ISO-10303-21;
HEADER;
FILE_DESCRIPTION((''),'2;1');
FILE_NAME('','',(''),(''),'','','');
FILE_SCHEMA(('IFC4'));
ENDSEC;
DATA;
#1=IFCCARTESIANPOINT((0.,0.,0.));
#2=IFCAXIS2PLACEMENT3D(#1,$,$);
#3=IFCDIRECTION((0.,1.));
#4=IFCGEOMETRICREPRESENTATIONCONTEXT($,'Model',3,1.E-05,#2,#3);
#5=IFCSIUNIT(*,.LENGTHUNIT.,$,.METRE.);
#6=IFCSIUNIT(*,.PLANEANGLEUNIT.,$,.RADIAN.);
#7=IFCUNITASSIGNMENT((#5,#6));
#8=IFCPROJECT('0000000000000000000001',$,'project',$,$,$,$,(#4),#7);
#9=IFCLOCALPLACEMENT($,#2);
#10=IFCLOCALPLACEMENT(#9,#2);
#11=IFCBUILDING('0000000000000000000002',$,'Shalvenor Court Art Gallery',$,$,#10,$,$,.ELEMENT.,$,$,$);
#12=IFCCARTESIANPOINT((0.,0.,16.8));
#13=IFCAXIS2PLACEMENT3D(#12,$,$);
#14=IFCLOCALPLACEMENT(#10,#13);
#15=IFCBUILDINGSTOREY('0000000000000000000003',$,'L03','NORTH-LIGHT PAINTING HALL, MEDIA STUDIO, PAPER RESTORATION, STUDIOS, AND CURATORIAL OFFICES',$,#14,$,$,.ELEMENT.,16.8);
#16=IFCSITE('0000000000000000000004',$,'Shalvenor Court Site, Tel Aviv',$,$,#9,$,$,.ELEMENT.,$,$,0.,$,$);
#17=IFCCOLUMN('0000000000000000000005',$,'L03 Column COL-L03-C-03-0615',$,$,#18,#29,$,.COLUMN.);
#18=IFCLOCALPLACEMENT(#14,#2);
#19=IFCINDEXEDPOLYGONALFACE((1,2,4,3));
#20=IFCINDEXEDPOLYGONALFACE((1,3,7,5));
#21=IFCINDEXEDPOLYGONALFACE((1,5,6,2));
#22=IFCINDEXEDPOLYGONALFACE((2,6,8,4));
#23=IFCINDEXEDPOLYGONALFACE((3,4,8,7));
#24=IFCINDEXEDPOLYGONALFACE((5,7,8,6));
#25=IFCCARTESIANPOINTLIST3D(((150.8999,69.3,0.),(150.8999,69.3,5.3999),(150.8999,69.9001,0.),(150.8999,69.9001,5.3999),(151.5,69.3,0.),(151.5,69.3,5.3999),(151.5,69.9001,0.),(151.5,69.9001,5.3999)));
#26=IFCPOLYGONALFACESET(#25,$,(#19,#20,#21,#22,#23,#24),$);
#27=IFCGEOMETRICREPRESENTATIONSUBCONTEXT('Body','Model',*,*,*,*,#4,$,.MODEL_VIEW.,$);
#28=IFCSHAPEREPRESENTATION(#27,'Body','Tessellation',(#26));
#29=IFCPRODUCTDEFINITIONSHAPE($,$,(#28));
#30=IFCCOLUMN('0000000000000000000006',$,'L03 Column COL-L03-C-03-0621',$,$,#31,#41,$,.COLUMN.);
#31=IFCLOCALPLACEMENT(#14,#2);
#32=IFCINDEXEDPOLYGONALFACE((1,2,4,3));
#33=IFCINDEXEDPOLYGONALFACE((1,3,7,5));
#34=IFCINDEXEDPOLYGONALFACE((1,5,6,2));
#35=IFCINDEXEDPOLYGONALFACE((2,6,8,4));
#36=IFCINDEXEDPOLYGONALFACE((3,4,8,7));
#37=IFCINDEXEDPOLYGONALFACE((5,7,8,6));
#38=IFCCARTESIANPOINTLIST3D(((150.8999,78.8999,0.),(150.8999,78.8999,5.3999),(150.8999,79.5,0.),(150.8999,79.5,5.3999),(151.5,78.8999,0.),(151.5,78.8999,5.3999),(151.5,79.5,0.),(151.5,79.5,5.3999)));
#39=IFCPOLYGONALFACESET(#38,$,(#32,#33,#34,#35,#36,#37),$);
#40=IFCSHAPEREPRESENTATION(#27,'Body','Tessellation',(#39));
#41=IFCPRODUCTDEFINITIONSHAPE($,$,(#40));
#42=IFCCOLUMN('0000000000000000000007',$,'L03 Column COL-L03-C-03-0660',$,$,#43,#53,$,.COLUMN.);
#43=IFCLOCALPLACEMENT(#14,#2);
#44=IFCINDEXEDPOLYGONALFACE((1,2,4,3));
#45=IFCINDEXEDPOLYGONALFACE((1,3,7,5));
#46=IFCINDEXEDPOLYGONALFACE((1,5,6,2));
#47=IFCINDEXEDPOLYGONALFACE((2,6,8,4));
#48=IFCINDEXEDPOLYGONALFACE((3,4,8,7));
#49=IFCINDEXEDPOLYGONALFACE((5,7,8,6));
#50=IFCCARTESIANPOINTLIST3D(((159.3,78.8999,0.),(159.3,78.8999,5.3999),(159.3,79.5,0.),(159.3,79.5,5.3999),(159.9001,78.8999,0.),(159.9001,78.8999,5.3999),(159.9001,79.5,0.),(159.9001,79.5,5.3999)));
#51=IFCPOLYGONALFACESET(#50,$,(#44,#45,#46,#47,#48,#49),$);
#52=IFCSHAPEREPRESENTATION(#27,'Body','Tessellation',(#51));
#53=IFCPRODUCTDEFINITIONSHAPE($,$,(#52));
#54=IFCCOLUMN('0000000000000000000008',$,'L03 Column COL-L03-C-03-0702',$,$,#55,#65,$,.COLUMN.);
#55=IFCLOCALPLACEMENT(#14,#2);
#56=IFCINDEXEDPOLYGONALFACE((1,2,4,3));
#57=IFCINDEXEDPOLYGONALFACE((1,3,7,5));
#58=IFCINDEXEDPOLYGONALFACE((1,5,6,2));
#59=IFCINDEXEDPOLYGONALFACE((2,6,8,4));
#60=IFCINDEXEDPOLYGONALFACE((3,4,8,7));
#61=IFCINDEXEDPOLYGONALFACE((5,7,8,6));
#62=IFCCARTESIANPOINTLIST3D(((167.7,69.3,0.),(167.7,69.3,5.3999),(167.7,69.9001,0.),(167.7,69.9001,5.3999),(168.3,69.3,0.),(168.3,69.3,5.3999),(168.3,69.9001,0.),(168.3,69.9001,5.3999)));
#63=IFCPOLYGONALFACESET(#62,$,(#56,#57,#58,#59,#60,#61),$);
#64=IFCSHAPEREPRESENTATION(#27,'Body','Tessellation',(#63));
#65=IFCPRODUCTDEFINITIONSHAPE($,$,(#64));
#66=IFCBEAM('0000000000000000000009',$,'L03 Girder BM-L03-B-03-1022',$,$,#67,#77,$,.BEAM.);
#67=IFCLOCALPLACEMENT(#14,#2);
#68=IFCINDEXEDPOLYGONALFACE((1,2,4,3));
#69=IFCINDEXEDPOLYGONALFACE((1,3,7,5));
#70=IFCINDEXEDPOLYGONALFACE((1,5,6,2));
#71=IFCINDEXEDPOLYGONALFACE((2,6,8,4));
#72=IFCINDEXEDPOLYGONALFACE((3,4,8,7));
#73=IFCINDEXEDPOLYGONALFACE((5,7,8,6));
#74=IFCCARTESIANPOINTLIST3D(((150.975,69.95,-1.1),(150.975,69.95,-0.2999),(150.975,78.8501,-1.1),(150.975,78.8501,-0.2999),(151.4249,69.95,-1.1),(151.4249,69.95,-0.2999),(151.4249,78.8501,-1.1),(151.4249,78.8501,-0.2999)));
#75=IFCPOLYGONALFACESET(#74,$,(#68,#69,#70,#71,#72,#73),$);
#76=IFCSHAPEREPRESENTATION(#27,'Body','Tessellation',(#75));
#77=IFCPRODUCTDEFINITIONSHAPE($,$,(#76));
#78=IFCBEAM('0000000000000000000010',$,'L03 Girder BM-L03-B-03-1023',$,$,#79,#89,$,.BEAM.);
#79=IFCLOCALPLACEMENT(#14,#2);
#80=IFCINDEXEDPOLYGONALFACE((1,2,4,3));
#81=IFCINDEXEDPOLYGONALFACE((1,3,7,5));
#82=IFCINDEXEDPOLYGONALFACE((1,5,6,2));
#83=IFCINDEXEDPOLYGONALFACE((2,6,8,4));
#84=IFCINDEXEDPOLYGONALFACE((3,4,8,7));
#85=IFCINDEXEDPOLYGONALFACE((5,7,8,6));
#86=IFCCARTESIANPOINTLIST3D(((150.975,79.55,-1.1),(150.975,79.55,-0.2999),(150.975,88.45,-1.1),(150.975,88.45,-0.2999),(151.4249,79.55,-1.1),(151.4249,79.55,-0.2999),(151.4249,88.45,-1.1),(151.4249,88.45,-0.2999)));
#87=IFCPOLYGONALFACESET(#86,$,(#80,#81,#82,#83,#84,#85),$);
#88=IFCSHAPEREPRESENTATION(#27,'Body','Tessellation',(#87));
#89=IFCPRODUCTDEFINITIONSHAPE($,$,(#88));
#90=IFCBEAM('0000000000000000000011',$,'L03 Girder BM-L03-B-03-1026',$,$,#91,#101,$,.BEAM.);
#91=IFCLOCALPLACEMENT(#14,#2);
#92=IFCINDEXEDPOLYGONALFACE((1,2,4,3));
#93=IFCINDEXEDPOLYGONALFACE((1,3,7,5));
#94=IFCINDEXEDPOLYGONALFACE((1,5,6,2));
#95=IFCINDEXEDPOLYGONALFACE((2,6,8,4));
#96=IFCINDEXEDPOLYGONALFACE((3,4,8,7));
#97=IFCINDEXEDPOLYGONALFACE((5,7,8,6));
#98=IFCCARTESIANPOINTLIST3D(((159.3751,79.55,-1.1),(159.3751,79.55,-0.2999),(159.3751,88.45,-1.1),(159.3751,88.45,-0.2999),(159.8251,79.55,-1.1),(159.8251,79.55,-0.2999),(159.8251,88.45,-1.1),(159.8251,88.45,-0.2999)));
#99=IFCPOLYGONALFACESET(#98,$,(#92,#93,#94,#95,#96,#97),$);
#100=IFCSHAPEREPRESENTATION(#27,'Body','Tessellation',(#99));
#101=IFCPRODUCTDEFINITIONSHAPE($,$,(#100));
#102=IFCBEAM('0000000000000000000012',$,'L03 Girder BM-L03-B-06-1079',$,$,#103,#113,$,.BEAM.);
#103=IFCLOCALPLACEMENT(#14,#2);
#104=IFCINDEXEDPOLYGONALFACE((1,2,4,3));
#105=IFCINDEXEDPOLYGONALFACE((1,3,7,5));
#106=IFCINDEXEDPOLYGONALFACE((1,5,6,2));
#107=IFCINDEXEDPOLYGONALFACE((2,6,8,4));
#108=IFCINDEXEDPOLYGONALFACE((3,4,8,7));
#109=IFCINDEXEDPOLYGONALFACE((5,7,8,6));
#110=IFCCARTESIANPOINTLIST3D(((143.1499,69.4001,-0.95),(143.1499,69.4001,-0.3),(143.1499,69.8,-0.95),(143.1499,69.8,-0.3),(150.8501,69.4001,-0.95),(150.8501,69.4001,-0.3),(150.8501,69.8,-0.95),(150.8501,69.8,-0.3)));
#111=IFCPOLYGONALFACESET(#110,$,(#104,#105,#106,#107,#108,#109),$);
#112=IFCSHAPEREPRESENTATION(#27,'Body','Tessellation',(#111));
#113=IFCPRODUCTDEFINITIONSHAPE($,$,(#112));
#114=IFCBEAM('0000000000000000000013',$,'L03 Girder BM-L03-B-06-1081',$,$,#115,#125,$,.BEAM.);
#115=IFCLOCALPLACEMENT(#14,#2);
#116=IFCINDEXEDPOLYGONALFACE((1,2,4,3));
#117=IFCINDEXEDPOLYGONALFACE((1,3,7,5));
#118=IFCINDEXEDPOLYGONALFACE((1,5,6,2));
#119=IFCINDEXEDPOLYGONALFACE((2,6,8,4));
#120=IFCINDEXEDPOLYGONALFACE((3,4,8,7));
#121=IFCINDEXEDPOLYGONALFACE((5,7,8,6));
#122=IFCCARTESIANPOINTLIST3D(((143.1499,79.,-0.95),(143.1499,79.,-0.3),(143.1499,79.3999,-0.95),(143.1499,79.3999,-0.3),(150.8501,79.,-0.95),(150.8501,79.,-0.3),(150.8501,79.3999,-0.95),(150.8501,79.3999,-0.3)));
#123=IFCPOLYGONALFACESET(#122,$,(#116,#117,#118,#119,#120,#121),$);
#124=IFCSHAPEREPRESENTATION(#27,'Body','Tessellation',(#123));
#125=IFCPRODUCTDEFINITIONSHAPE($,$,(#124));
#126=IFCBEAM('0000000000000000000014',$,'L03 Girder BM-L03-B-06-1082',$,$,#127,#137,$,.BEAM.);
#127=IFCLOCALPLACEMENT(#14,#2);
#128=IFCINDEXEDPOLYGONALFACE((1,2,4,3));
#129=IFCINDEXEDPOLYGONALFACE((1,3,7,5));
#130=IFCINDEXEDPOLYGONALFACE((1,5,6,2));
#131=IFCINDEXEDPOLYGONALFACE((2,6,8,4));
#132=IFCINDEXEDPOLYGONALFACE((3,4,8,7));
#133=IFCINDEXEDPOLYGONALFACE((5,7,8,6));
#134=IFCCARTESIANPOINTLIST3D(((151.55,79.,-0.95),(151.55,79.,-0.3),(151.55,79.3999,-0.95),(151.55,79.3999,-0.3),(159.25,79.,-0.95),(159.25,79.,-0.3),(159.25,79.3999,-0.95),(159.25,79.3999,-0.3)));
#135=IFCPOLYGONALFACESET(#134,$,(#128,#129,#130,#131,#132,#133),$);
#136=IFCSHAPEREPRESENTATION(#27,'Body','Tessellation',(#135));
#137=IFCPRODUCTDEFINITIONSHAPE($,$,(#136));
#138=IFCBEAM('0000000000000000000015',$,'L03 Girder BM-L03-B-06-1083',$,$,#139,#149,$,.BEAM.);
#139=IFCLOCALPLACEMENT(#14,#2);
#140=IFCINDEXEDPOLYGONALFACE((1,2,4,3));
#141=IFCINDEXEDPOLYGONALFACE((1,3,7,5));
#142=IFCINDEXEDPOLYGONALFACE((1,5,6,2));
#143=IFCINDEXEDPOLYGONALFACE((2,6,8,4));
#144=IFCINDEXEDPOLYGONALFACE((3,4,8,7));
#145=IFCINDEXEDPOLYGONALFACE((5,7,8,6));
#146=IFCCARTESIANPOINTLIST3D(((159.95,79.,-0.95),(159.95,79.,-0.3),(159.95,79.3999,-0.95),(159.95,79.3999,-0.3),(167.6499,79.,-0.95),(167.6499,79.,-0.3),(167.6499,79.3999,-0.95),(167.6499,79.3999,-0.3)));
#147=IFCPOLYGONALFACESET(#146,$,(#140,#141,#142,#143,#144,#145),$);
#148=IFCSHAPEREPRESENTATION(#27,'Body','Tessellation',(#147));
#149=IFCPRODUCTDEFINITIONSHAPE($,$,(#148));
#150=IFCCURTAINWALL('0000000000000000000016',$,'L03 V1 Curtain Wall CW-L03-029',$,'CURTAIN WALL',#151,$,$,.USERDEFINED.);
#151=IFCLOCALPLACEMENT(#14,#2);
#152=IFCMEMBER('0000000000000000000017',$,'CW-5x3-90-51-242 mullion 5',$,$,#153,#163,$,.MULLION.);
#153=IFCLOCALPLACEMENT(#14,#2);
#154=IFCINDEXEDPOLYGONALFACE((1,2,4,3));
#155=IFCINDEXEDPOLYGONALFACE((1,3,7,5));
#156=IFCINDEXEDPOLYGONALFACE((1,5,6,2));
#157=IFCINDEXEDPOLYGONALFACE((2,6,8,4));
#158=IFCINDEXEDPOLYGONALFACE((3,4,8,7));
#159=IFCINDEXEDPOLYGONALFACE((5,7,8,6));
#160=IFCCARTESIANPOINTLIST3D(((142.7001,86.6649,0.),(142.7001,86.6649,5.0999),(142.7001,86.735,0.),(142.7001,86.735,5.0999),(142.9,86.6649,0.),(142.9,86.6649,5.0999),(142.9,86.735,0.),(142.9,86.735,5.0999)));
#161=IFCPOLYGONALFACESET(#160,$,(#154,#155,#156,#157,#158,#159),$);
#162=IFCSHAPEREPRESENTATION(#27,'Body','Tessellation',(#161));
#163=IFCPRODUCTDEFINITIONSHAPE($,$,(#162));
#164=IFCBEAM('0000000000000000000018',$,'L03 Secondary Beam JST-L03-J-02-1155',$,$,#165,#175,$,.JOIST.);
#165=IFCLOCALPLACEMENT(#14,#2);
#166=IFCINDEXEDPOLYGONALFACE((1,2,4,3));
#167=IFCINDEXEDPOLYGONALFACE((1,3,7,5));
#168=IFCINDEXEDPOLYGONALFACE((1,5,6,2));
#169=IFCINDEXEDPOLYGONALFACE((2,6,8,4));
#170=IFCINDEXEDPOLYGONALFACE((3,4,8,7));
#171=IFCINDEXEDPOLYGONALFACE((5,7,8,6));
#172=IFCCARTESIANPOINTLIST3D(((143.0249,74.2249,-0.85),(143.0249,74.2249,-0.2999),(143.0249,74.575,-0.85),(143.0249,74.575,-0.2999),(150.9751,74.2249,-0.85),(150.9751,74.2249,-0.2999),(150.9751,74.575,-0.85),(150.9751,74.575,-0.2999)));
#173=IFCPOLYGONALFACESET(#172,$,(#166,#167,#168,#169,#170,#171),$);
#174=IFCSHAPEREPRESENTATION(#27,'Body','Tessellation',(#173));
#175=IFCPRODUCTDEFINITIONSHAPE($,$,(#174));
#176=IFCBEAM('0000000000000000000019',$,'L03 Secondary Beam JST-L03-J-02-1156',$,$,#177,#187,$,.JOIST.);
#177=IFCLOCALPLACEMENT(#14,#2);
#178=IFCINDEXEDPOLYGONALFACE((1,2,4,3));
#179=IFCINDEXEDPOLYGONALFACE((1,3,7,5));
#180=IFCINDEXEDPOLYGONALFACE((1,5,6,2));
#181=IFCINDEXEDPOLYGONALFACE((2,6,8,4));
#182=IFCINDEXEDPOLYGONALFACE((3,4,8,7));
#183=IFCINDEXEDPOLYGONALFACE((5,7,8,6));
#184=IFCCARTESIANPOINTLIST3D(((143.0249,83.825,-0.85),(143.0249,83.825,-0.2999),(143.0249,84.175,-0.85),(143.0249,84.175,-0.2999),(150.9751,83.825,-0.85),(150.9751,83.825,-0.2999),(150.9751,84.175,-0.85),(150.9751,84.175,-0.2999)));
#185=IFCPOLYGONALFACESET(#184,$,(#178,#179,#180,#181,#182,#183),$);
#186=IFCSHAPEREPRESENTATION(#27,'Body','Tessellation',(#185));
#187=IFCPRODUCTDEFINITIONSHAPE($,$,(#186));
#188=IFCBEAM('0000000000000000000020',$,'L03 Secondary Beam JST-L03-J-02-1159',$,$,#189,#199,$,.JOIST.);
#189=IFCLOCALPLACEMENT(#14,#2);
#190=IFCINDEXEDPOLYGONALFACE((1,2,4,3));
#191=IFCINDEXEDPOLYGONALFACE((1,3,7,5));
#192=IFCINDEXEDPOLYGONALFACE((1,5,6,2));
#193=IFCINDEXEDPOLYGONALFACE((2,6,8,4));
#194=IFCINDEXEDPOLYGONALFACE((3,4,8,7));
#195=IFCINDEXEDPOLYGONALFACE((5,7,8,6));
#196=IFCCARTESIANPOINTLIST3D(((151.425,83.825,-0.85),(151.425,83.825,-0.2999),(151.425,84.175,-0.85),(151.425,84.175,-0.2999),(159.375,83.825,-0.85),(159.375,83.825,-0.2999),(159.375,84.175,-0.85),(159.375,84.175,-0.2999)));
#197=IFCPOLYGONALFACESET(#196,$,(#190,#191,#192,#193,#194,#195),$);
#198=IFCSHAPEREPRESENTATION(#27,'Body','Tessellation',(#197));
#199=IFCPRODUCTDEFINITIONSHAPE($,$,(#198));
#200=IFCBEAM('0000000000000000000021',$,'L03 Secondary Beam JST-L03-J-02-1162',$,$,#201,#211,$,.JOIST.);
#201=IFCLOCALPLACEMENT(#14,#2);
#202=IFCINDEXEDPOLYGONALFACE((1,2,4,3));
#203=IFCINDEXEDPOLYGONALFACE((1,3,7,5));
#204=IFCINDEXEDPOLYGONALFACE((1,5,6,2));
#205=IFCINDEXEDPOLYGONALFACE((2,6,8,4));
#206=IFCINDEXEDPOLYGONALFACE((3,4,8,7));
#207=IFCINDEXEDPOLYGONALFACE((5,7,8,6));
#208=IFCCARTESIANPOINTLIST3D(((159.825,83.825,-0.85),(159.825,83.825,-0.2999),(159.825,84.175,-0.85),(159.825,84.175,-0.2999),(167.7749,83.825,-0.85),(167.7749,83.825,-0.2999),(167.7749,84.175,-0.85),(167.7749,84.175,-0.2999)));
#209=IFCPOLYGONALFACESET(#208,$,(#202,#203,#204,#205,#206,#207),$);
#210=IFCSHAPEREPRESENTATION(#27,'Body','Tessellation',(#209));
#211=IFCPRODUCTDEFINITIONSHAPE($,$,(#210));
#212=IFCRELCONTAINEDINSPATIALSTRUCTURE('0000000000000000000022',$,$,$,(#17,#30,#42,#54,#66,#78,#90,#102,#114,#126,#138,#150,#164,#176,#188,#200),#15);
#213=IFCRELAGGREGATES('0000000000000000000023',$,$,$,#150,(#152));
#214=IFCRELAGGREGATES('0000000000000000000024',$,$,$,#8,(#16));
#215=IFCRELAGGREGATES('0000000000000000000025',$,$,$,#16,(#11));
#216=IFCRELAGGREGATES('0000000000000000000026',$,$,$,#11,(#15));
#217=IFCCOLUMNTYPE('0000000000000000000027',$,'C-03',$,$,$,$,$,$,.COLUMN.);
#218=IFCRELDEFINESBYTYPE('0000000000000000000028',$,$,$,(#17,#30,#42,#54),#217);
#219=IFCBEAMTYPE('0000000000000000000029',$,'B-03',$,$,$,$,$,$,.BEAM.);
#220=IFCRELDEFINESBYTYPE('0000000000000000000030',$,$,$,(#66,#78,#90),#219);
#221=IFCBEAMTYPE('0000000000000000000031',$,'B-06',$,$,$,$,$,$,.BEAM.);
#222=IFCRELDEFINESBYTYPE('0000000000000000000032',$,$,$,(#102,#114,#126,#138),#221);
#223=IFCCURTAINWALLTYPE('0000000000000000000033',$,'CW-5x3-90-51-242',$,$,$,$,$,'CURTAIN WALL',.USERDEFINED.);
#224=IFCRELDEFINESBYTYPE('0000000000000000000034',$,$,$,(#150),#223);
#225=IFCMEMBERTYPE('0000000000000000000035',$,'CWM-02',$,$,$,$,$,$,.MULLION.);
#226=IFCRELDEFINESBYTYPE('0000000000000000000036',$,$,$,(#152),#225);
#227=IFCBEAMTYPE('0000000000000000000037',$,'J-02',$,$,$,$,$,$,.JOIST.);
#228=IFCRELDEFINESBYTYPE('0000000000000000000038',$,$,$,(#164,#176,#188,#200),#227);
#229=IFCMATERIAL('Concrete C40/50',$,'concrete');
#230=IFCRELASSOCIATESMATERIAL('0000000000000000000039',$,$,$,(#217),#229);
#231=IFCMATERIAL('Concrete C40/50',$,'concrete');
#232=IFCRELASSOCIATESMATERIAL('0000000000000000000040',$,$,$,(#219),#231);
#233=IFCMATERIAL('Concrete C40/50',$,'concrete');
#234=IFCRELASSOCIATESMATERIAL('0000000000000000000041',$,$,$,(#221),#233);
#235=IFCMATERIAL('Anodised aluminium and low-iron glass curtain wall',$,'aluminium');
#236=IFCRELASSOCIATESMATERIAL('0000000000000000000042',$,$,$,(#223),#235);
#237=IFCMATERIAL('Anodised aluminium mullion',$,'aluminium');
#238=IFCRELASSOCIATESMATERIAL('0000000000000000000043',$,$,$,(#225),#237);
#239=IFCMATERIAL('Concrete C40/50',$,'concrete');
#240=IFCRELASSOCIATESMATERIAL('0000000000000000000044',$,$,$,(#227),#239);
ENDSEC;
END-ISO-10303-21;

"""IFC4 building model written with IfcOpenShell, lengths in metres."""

from ifc_helpers import new_model, si_unit, direction, frame, origin, origin_2d, place, context, subcontext, project, spatial, rectangle, extrude, material, material_profile, profile_set, type_object, element, aggregate, save


model = new_model("IFC4")

# Units and contexts
model_context = context("Model", 3, precision=1e-05, world=origin(), true_north=direction((0.0, 1.0)))
body_context = subcontext(model_context, "Body", "Model", "MODEL_VIEW")
ifc_project = project(units=[si_unit("LENGTHUNIT", "METRE"), si_unit("PLANEANGLEUNIT", "RADIAN")], contexts=[model_context])

# Site, building, storey
site_placement = place(None, origin())
site = spatial("IfcSite", under=ifc_project, at=site_placement, Name="Shalvenor Court Site, Tel Aviv", CompositionType="ELEMENT", RefElevation=0.0)
building_placement = place(site_placement, origin())
building = spatial("IfcBuilding", under=site, at=building_placement, Name="Shalvenor Court Art Gallery", CompositionType="ELEMENT")
storey_placement = place(building_placement, frame((0.0, 0.0, 16.8)))
storey = spatial("IfcBuildingStorey", under=building, at=storey_placement, Name="L03", Description="NORTH-LIGHT PAINTING HALL, MEDIA STUDIO, PAPER RESTORATION, STUDIOS, AND CURATORIAL OFFICES", CompositionType="ELEMENT", Elevation=16.8)

# Columns
ifc_material_1 = material(Name="Concrete C40/50", Category="concrete")
ifc_material_profile_1 = material_profile(ifc_material_1, rectangle(XDim=0.6001, YDim=0.6001, at=origin_2d()), Name="RC 600x600")
ifc_profile_set_1 = profile_set([ifc_material_profile_1], Name="Concrete C40/50")
column_type = type_object("IfcColumnType", Name="C-03", PredefinedType="COLUMN", material=ifc_profile_set_1)
for number, where, z_axis, x_axis, name in (
    (1, (151.2, 69.6001, 0.0), (0.0, 0.0, 1.0), (1.0, 0.0, 0.0), "L03 Column COL-L03-C-03-0615"),
    (2, (151.2, 79.2, 0.0), (0.0, 0.0, 1.0), (1.0, 0.0, 0.0), "L03 Column COL-L03-C-03-0621"),
    (3, (159.6001, 79.2, 0.0), (0.0, 0.0, 1.0), (1.0, 0.0, 0.0), "L03 Column COL-L03-C-03-0660"),
    (4, (168.0, 69.6001, 0.0), (0.0, 0.0, 1.0), (1.0, 0.0, 0.0), "L03 Column COL-L03-C-03-0702"),
):
    element("IfcColumn", number, at=place(storey_placement, frame(where, z_axis=z_axis, x_axis=x_axis)), inside=storey, type_object=column_type, Name=name, PredefinedType="COLUMN", context=body_context, shape_type="SweptSolid", body=[
        extrude(rectangle(XDim=0.6001, YDim=0.6001, at=origin_2d()), origin(), (0.0, 0.0, 1.0), 5.3999),
    ])

# Beams
ifc_material_2 = material(Name="Concrete C40/50", Category="concrete")
ifc_material_profile_2 = material_profile(ifc_material_2, rectangle(XDim=0.45, YDim=0.8, at=origin_2d()), Name="RC 450x800")
ifc_profile_set_2 = profile_set([ifc_material_profile_2], Name="Concrete C40/50")
beam_type_1 = type_object("IfcBeamType", Name="B-03", PredefinedType="BEAM", material=ifc_profile_set_2)
beam_placement = place(storey_placement, frame((151.2, 69.95, -0.7), z_axis=(0.0, 1.0, 0.0), x_axis=(-1.0, 0.0, 0.0)))
element("IfcBeam", 5, at=beam_placement, inside=storey, type_object=beam_type_1, Name="L03 Girder BM-L03-B-03-1022", PredefinedType="BEAM", context=body_context, shape_type="SweptSolid", body=[
    extrude(rectangle(XDim=0.45, YDim=0.8, at=origin_2d()), origin(), (0.0, 0.0, 1.0), 8.9001),
])
for number, where, z_axis, x_axis, name in (
    (6, (151.2, 79.55, -0.7), (0.0, 1.0, 0.0), (-1.0, 0.0, 0.0), "L03 Girder BM-L03-B-03-1023"),
    (7, (159.6001, 79.55, -0.7), (0.0, 1.0, 0.0), (-1.0, 0.0, 0.0), "L03 Girder BM-L03-B-03-1026"),
):
    element("IfcBeam", number, at=place(storey_placement, frame(where, z_axis=z_axis, x_axis=x_axis)), inside=storey, type_object=beam_type_1, Name=name, PredefinedType="BEAM", context=body_context, shape_type="SweptSolid", body=[
        extrude(rectangle(XDim=0.45, YDim=0.8, at=origin_2d()), origin(), (0.0, 0.0, 1.0), 8.8999),
    ])
ifc_material_3 = material(Name="Concrete C40/50", Category="concrete")
ifc_material_profile_3 = material_profile(ifc_material_3, rectangle(XDim=0.3999, YDim=0.6499, at=origin_2d()), Name="RC 400x650")
ifc_profile_set_3 = profile_set([ifc_material_profile_3], Name="Concrete C40/50")
beam_type_2 = type_object("IfcBeamType", Name="B-06", PredefinedType="BEAM", material=ifc_profile_set_3)
for number, where, z_axis, x_axis, name in (
    (8, (143.1499, 69.6001, -0.625), (1.0, 0.0, 0.0), (0.0, 1.0, 0.0), "L03 Girder BM-L03-B-06-1079"),
    (9, (143.1499, 79.2, -0.625), (1.0, 0.0, 0.0), (0.0, 1.0, 0.0), "L03 Girder BM-L03-B-06-1081"),
):
    element("IfcBeam", number, at=place(storey_placement, frame(where, z_axis=z_axis, x_axis=x_axis)), inside=storey, type_object=beam_type_2, Name=name, PredefinedType="BEAM", context=body_context, shape_type="SweptSolid", body=[
        extrude(rectangle(XDim=0.3999, YDim=0.6499, at=origin_2d()), origin(), (0.0, 0.0, 1.0), 7.7002),
    ])
for number, where, z_axis, x_axis, name in (
    (10, (151.55, 79.2, -0.625), (1.0, 0.0, 0.0), (0.0, 1.0, 0.0), "L03 Girder BM-L03-B-06-1082"),
    (11, (159.95, 79.2, -0.625), (1.0, 0.0, 0.0), (0.0, 1.0, 0.0), "L03 Girder BM-L03-B-06-1083"),
):
    element("IfcBeam", number, at=place(storey_placement, frame(where, z_axis=z_axis, x_axis=x_axis)), inside=storey, type_object=beam_type_2, Name=name, PredefinedType="BEAM", context=body_context, shape_type="SweptSolid", body=[
        extrude(rectangle(XDim=0.3999, YDim=0.6499, at=origin_2d()), origin(), (0.0, 0.0, 1.0), 7.7),
    ])

# Curtain wall, member
ifc_material_4 = material(Name="Anodised aluminium and low-iron glass curtain wall", Category="aluminium")
curtain_wall_type = type_object("IfcCurtainWallType", Name="CW-5x3-90-51-242", ElementType="CURTAIN WALL", PredefinedType="USERDEFINED", material=ifc_material_4)
curtain_wall_placement = place(storey_placement, origin())
curtain_wall = element("IfcCurtainWall", 12, at=curtain_wall_placement, inside=storey, type_object=curtain_wall_type, Name="L03 V1 Curtain Wall CW-L03-029", ObjectType="CURTAIN WALL", PredefinedType="USERDEFINED")
ifc_material_5 = material(Name="Anodised aluminium mullion", Category="aluminium")
ifc_material_profile_4 = material_profile(ifc_material_5, rectangle(XDim=0.0701, YDim=0.2, at=origin_2d()), Name="CWM-02")
ifc_profile_set_4 = profile_set([ifc_material_profile_4], Name="Anodised aluminium mullion")
member_type = type_object("IfcMemberType", Name="CWM-02", PredefinedType="MULLION", material=ifc_profile_set_4)
member_placement = place(storey_placement, frame((142.8, 86.7, 0.0), z_axis=(0.0, 0.0, 1.0), x_axis=(0.0, 1.0, 0.0)))
member = element("IfcMember", 13, at=member_placement, type_object=member_type, Name="CW-5x3-90-51-242 mullion 5", PredefinedType="MULLION", context=body_context, shape_type="SweptSolid", body=[
    extrude(rectangle(XDim=0.0701, YDim=0.2, at=origin_2d()), origin(), (0.0, 0.0, 1.0), 5.0999),
])

# Beams
ifc_material_6 = material(Name="Concrete C40/50", Category="concrete")
ifc_material_profile_5 = material_profile(ifc_material_6, rectangle(XDim=0.3501, YDim=0.55, at=origin_2d()), Name="RC 350x550")
ifc_profile_set_5 = profile_set([ifc_material_profile_5], Name="Concrete C40/50")
beam_type_3 = type_object("IfcBeamType", Name="J-02", PredefinedType="JOIST", material=ifc_profile_set_5)
for number, where, z_axis, x_axis, name in (
    (14, (143.0249, 74.3999, -0.575), (1.0, 0.0, 0.0), (0.0, 1.0, 0.0), "L03 Secondary Beam JST-L03-J-02-1155"),
    (15, (143.0249, 84.0, -0.575), (1.0, 0.0, 0.0), (0.0, 1.0, 0.0), "L03 Secondary Beam JST-L03-J-02-1156"),
):
    element("IfcBeam", number, at=place(storey_placement, frame(where, z_axis=z_axis, x_axis=x_axis)), inside=storey, type_object=beam_type_3, Name=name, PredefinedType="JOIST", context=body_context, shape_type="SweptSolid", body=[
        extrude(rectangle(XDim=0.3501, YDim=0.55, at=origin_2d()), origin(), (0.0, 0.0, 1.0), 7.9502),
    ])
for number, where, z_axis, x_axis, name in (
    (16, (151.425, 84.0, -0.575), (1.0, 0.0, 0.0), (0.0, 1.0, 0.0), "L03 Secondary Beam JST-L03-J-02-1159"),
    (17, (159.825, 84.0, -0.575), (1.0, 0.0, 0.0), (0.0, 1.0, 0.0), "L03 Secondary Beam JST-L03-J-02-1162"),
):
    element("IfcBeam", number, at=place(storey_placement, frame(where, z_axis=z_axis, x_axis=x_axis)), inside=storey, type_object=beam_type_3, Name=name, PredefinedType="JOIST", context=body_context, shape_type="SweptSolid", body=[
        extrude(rectangle(XDim=0.3501, YDim=0.55, at=origin_2d()), origin(), (0.0, 0.0, 1.0), 7.95),
    ])

aggregate(curtain_wall, [member])

save(model, "model.ifc")
